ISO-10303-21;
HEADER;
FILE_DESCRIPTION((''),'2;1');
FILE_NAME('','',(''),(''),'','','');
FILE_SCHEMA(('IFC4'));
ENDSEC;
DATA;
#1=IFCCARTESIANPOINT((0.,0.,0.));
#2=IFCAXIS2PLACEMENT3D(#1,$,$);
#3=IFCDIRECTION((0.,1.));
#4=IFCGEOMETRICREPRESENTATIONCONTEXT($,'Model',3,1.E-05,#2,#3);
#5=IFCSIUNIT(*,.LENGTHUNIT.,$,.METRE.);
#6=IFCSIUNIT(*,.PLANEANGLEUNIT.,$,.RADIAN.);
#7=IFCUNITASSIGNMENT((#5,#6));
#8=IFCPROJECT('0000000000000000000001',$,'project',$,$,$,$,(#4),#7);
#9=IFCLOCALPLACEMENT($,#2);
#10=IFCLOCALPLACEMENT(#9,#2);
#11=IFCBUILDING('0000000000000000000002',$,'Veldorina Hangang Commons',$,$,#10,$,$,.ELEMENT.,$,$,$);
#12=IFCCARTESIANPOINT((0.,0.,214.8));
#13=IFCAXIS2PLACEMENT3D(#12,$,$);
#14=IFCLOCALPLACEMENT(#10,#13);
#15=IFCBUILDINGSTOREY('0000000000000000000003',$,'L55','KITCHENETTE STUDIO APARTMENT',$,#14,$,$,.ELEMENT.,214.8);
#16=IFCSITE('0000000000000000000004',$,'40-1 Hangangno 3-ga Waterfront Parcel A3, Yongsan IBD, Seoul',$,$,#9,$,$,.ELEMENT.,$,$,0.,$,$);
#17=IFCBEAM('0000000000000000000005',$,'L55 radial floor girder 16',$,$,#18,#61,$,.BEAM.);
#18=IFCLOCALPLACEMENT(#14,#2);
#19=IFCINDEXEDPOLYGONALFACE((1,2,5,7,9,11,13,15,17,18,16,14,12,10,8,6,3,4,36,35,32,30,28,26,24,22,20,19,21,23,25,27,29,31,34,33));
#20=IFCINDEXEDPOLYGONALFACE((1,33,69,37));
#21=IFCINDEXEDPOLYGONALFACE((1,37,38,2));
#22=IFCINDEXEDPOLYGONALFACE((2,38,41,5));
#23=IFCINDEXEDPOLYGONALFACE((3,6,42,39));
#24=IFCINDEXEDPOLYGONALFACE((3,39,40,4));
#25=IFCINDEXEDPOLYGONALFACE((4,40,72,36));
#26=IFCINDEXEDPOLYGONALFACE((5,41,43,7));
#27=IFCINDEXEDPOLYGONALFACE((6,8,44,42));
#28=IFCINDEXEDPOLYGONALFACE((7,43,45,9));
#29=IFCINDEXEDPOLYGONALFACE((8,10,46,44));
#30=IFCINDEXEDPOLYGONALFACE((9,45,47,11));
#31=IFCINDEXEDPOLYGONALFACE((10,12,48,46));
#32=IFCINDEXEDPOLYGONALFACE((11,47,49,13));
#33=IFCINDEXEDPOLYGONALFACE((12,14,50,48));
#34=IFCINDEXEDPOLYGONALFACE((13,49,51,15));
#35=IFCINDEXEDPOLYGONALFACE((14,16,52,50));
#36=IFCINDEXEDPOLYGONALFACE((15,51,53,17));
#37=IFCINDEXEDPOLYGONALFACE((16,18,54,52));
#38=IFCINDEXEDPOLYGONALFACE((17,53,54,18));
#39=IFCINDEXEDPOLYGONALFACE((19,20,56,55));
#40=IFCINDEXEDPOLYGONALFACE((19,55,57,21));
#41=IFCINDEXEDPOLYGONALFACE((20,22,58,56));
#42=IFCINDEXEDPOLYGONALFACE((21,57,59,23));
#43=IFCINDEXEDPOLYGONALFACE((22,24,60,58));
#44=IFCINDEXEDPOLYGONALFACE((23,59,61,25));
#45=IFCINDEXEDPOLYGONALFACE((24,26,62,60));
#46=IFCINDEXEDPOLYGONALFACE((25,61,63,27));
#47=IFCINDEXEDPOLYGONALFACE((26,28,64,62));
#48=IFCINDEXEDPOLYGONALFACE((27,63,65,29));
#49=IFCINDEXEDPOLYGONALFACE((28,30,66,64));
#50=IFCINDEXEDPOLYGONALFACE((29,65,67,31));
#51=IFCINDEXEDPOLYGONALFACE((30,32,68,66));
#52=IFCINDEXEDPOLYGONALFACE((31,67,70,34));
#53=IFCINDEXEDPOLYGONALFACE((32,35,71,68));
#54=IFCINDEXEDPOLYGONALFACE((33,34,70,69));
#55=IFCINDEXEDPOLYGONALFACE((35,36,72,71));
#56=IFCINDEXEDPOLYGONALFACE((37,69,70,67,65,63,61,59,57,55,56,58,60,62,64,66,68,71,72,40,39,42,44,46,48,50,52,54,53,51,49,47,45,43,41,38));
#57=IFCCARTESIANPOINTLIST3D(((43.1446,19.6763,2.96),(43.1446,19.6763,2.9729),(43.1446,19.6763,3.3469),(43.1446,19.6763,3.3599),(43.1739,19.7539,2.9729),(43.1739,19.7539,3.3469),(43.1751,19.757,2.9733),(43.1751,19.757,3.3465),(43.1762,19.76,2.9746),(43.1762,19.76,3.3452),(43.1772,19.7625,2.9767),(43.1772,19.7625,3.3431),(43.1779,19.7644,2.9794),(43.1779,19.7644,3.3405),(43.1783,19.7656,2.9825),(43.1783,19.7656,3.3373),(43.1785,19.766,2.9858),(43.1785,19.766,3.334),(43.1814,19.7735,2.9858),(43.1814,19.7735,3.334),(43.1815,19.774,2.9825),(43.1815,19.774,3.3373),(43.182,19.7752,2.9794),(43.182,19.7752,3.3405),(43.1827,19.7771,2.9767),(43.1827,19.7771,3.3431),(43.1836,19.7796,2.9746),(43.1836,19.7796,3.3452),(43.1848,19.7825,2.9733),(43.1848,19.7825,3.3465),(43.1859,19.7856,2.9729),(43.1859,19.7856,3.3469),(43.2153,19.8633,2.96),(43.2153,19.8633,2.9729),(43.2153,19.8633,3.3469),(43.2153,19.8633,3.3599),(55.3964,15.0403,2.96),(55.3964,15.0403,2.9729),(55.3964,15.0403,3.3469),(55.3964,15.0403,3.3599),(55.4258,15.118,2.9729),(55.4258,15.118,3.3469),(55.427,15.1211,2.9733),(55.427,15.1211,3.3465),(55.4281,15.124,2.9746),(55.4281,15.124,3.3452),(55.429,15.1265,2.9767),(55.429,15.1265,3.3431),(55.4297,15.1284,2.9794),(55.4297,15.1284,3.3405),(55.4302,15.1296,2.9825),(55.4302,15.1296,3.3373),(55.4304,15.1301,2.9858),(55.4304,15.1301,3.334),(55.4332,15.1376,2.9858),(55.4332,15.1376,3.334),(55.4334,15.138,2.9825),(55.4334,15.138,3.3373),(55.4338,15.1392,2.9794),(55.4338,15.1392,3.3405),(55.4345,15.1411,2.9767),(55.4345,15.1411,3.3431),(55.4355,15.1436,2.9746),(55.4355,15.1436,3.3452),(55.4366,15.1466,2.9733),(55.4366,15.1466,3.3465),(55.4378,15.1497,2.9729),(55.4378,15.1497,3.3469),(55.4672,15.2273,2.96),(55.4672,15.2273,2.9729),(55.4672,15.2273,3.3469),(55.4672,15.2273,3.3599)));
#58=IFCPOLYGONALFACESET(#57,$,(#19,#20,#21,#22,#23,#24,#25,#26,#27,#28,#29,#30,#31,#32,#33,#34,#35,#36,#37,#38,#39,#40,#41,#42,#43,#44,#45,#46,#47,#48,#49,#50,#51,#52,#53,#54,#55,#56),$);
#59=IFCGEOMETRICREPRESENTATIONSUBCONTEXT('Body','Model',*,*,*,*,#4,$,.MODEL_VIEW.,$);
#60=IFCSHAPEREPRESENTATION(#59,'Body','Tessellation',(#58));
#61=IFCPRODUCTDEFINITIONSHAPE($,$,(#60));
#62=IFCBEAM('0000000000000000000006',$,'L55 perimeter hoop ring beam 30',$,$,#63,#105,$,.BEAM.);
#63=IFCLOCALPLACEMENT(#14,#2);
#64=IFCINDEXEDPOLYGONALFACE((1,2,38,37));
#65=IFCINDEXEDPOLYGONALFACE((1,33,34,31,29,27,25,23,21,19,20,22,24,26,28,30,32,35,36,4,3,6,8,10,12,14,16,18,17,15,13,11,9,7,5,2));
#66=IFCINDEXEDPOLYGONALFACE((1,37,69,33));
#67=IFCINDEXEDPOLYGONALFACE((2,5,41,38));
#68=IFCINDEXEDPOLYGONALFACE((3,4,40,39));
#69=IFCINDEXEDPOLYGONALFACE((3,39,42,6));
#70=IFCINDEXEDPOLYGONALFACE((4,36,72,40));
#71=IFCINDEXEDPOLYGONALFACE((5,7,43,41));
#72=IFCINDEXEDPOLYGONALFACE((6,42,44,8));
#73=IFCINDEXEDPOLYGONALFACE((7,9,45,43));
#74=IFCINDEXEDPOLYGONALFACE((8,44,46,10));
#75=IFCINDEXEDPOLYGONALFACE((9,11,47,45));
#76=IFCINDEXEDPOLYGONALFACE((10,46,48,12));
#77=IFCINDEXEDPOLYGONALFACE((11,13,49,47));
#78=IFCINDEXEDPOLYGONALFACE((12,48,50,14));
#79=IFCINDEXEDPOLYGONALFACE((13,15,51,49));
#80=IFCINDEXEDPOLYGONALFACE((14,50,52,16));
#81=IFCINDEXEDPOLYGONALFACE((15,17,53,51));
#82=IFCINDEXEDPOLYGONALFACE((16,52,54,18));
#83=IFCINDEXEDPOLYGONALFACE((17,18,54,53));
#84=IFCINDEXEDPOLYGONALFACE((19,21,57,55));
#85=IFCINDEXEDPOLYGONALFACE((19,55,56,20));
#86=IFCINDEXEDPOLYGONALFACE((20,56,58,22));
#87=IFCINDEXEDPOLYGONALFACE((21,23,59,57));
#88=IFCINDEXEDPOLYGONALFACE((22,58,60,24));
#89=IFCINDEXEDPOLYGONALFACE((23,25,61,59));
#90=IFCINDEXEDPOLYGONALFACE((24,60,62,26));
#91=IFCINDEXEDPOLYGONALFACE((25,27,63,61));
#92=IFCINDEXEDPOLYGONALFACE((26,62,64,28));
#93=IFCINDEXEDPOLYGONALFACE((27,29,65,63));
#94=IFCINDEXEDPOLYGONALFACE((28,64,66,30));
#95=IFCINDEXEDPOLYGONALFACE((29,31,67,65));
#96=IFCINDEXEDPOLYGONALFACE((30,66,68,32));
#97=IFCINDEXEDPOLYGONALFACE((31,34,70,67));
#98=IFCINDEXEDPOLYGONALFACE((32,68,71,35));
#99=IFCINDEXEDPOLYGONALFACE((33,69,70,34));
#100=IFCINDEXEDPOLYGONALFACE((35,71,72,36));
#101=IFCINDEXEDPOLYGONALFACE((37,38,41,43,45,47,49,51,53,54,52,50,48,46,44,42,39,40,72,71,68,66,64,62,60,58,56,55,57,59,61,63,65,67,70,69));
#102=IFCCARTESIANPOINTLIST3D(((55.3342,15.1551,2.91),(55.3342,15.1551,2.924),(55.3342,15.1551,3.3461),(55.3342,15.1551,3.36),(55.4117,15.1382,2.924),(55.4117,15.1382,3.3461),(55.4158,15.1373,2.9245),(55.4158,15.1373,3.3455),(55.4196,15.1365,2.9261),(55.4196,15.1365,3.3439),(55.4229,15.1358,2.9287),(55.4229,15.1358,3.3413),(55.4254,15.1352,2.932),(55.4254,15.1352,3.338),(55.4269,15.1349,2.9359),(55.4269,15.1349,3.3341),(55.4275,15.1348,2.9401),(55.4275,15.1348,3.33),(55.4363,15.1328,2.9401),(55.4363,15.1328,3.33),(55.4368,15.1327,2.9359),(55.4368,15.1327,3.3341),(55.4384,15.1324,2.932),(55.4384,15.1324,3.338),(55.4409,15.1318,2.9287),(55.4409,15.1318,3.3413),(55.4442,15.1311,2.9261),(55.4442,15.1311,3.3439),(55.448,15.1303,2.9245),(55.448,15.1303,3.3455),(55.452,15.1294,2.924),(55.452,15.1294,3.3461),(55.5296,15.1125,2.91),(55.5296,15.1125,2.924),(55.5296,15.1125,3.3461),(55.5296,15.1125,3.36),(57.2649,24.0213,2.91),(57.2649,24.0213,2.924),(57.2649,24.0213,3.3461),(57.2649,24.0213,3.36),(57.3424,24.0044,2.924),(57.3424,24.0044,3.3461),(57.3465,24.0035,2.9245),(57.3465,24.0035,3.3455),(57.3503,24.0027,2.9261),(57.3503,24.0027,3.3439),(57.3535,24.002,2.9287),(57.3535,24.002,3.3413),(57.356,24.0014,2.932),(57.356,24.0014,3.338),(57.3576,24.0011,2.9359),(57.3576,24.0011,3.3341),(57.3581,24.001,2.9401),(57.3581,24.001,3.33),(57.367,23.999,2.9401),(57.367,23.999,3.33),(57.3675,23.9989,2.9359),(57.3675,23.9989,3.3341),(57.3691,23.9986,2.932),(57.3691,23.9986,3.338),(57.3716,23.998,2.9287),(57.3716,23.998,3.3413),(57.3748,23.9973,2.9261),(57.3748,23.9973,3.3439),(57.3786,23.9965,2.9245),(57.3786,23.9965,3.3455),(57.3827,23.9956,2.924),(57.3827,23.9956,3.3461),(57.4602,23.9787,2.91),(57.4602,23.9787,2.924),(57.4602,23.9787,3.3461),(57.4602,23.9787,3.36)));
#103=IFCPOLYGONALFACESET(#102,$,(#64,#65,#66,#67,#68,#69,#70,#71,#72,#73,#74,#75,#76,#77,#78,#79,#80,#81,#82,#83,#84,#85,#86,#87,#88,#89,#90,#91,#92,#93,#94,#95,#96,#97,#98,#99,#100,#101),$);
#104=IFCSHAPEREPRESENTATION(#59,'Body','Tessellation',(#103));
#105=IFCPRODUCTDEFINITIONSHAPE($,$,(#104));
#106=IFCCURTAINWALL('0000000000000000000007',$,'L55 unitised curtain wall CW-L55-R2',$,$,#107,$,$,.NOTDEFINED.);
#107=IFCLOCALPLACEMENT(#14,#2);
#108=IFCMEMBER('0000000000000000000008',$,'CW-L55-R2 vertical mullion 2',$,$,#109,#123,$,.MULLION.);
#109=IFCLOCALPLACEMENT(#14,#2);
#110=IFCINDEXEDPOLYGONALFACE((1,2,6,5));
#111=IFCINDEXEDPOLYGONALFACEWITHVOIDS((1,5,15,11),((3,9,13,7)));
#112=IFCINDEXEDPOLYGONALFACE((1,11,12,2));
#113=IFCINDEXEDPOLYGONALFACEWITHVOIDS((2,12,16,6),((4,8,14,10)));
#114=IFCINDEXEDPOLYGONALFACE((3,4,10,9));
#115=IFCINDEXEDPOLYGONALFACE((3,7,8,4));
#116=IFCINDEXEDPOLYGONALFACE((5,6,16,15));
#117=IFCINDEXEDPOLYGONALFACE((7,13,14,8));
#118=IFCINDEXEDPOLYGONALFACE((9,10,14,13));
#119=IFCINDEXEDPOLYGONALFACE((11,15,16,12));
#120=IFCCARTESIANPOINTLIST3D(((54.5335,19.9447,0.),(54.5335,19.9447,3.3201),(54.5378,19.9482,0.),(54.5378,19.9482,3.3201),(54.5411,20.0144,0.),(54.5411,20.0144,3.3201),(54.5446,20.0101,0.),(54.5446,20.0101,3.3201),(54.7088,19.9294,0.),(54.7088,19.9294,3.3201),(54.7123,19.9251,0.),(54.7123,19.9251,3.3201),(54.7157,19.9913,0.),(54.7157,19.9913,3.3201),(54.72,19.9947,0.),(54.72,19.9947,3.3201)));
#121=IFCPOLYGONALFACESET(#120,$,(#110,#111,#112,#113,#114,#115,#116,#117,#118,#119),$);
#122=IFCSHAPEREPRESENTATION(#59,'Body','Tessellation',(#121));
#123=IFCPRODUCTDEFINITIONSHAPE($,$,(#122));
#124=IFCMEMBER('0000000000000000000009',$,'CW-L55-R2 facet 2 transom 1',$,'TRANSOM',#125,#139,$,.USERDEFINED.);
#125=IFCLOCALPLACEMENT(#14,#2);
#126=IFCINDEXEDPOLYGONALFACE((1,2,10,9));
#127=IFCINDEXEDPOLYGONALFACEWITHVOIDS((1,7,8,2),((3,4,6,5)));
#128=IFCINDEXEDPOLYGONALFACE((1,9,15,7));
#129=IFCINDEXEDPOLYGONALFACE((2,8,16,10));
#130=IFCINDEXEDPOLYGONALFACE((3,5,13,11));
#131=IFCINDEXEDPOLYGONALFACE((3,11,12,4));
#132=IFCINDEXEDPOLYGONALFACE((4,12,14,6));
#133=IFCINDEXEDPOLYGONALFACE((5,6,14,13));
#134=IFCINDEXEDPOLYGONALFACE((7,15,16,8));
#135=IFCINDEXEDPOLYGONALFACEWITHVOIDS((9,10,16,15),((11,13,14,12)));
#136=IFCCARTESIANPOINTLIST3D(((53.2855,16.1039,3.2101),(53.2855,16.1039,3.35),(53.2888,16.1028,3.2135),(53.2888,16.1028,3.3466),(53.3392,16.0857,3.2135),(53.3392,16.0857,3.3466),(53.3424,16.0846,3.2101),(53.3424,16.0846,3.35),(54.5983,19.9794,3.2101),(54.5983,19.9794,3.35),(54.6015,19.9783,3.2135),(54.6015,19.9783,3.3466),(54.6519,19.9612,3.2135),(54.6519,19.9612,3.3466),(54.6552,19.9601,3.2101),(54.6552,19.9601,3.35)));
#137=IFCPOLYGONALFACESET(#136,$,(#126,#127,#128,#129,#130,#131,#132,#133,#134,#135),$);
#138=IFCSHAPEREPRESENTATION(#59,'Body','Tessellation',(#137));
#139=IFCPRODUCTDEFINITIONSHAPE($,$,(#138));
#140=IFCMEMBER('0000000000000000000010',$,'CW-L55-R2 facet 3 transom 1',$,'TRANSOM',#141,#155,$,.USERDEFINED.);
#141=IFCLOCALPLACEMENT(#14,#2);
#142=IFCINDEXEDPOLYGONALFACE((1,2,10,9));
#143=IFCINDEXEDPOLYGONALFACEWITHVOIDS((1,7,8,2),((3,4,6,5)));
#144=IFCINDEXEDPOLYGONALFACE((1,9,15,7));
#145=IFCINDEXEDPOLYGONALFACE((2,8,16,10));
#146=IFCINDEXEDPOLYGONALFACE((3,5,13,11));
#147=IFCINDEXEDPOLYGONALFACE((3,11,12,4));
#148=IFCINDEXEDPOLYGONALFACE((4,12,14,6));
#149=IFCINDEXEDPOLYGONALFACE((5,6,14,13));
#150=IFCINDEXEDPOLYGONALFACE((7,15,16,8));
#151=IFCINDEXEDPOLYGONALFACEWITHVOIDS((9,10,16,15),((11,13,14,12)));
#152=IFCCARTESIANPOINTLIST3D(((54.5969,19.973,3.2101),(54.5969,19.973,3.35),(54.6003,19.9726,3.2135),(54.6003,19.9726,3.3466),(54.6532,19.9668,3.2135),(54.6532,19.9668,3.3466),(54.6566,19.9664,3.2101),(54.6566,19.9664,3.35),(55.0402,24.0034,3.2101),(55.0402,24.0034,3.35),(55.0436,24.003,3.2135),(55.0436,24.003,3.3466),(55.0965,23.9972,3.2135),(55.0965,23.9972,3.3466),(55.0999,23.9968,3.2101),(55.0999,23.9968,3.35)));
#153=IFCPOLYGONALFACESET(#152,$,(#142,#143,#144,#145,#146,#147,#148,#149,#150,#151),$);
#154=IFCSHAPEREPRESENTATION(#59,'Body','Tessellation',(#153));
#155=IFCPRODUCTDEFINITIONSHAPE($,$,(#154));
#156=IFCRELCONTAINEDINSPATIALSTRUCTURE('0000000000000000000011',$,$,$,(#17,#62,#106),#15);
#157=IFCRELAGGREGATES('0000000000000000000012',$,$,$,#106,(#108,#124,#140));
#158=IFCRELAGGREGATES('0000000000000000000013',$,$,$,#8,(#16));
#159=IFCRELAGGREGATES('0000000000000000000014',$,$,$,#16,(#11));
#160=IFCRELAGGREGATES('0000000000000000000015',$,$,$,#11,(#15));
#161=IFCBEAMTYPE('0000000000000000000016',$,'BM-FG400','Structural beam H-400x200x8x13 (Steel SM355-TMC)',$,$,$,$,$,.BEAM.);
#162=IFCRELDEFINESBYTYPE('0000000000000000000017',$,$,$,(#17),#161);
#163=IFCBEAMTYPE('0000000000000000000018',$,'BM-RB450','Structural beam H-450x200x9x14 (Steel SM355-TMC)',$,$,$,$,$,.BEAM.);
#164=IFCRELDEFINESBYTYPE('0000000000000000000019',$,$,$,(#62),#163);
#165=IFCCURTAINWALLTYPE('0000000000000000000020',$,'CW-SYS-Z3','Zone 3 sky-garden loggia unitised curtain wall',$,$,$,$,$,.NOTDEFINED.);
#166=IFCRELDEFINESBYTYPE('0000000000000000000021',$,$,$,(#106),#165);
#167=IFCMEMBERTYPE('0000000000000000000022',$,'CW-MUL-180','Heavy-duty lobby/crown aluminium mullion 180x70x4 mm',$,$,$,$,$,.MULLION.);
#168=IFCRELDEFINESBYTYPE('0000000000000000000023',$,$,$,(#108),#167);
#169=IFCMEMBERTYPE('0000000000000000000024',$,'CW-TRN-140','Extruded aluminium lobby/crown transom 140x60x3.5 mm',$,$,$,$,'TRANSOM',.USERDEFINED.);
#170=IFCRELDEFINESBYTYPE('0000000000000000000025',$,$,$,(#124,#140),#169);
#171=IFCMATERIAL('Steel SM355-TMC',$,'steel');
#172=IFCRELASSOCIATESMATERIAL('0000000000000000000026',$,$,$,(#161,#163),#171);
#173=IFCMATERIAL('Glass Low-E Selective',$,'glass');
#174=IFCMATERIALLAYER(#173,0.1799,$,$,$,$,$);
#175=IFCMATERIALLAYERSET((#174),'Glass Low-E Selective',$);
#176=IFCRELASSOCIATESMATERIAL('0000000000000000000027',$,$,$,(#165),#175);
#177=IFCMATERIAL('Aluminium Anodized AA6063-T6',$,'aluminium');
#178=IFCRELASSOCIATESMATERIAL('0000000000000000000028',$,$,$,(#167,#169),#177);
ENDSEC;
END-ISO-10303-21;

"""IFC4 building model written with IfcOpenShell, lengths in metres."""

from ifc_helpers import new_model, si_unit, direction, frame, origin, origin_2d, place, context, subcontext, project, spatial, hollow_rectangle, i_section, extrude, material, layer, layer_set, material_profile, profile_set, type_object, element, aggregate, save


model = new_model("IFC4")

# Units and contexts
model_context = context("Model", 3, precision=1e-05, world=origin(), true_north=direction((0.0, 1.0)))
body_context = subcontext(model_context, "Body", "Model", "MODEL_VIEW")
ifc_project = project(units=[si_unit("LENGTHUNIT", "METRE"), si_unit("PLANEANGLEUNIT", "RADIAN")], contexts=[model_context])

# Site, building, storey
site_placement = place(None, origin())
site = spatial("IfcSite", under=ifc_project, at=site_placement, Name="40-1 Hangangno 3-ga Waterfront Parcel A3, Yongsan IBD, Seoul", CompositionType="ELEMENT", RefElevation=0.0)
building_placement = place(site_placement, origin())
building = spatial("IfcBuilding", under=site, at=building_placement, Name="Veldorina Hangang Commons", CompositionType="ELEMENT")
storey_placement = place(building_placement, frame((0.0, 0.0, 214.8)))
storey = spatial("IfcBuildingStorey", under=building, at=storey_placement, Name="L55", Description="KITCHENETTE STUDIO APARTMENT", CompositionType="ELEMENT", Elevation=214.8)

# Beams
ifc_material_1 = material(Name="Steel SM355-TMC", Category="steel")
ifc_material_profile_1 = material_profile(ifc_material_1, i_section(OverallWidth=0.2, OverallDepth=0.3999, WebThickness=0.0081, FlangeThickness=0.0129, FilletRadius=0.0129, at=origin_2d()), Name="H-400x200x8x13")
ifc_profile_set_1 = profile_set([ifc_material_profile_1], Name="Steel SM355-TMC")
beam_type_1 = type_object("IfcBeamType", Name="BM-FG400", Description="Structural beam H-400x200x8x13 (Steel SM355-TMC)", PredefinedType="BEAM", material=ifc_profile_set_1)
beam_1_placement = place(storey_placement, frame((43.1799, 19.7698, 3.1599), z_axis=(0.935283, -0.3539, 0.0), x_axis=(0.3539, 0.935283, 0.0)))
element("IfcBeam", 1, at=beam_1_placement, inside=storey, type_object=beam_type_1, Name="L55 radial floor girder 16", PredefinedType="BEAM", context=body_context, shape_type="SweptSolid", body=[
    extrude(i_section(OverallWidth=0.2, OverallDepth=0.3999, WebThickness=0.0081, FlangeThickness=0.0129, FilletRadius=0.0129, at=origin_2d()), origin(), (0.0, 0.0, 1.0), 13.0996),
])
ifc_material_profile_2 = material_profile(ifc_material_1, i_section(OverallWidth=0.2, OverallDepth=0.45, WebThickness=0.009, FlangeThickness=0.0139, FilletRadius=0.0161, at=origin_2d()), Name="H-450x200x9x14")
ifc_profile_set_2 = profile_set([ifc_material_profile_2], Name="Steel SM355-TMC")
beam_type_2 = type_object("IfcBeamType", Name="BM-RB450", Description="Structural beam H-450x200x9x14 (Steel SM355-TMC)", PredefinedType="BEAM", material=ifc_profile_set_2)
beam_2_placement = place(storey_placement, frame((55.4319, 15.1338, 3.135), z_axis=(0.212769, 0.977102, 0.0), x_axis=(-0.977102, 0.212769, 0.0)))
element("IfcBeam", 2, at=beam_2_placement, inside=storey, type_object=beam_type_2, Name="L55 perimeter hoop ring beam 30", PredefinedType="BEAM", context=body_context, shape_type="SweptSolid", body=[
    extrude(i_section(OverallWidth=0.2, OverallDepth=0.45, WebThickness=0.009, FlangeThickness=0.0139, FilletRadius=0.0161, at=origin_2d()), origin(), (0.0, 0.0, 1.0), 9.074),
])

# Curtain wall, members
ifc_material_2 = material(Name="Glass Low-E Selective", Category="glass")
ifc_layer_1 = layer(ifc_material_2, 0.1799)
ifc_layer_set_1 = layer_set([ifc_layer_1], Name="Glass Low-E Selective")
curtain_wall_type = type_object("IfcCurtainWallType", Name="CW-SYS-Z3", Description="Zone 3 sky-garden loggia unitised curtain wall", PredefinedType="NOTDEFINED", material=ifc_layer_set_1)
curtain_wall_placement = place(storey_placement, origin())
curtain_wall = element("IfcCurtainWall", 3, at=curtain_wall_placement, inside=storey, type_object=curtain_wall_type, Name="L55 unitised curtain wall CW-L55-R2", PredefinedType="NOTDEFINED")
ifc_material_3 = material(Name="Aluminium Anodized AA6063-T6", Category="aluminium")
ifc_material_profile_3 = material_profile(ifc_material_3, hollow_rectangle(XDim=0.0701, YDim=0.1799, WallThickness=0.0039, at=origin_2d()), Name="ALU-RHS-180x70x4")
ifc_profile_set_3 = profile_set([ifc_material_profile_3], Name="Aluminium Anodized AA6063-T6")
member_type_1 = type_object("IfcMemberType", Name="CW-MUL-180", Description="Heavy-duty lobby/crown aluminium mullion 180x70x4 mm", PredefinedType="MULLION", material=ifc_profile_set_3)
member_1_placement = place(storey_placement, frame((54.6267, 19.9697, 0.0), z_axis=(0.0, 0.0, 1.0), x_axis=(0.109335, 0.994005, 0.0)))
member_1 = element("IfcMember", 4, at=member_1_placement, type_object=member_type_1, Name="CW-L55-R2 vertical mullion 2", PredefinedType="MULLION", context=body_context, shape_type="SweptSolid", body=[
    extrude(hollow_rectangle(XDim=0.0701, YDim=0.1799, WallThickness=0.0039, at=origin_2d()), origin(), (0.0, 0.0, 1.0), 3.3201),
])
ifc_material_profile_4 = material_profile(ifc_material_3, hollow_rectangle(XDim=0.0601, YDim=0.1399, WallThickness=0.0034, at=origin_2d()), Name="ALU-RHS-140x60x3.5")
ifc_profile_set_4 = profile_set([ifc_material_profile_4], Name="Aluminium Anodized AA6063-T6")
member_type_2 = type_object("IfcMemberType", Name="CW-TRN-140", Description="Extruded aluminium lobby/crown transom 140x60x3.5 mm", ElementType="TRANSOM", PredefinedType="USERDEFINED", material=ifc_profile_set_4)
member_2_placement = place(storey_placement, frame((53.314, 16.0942, 3.28), z_axis=(0.320824, 0.947139, 0.0), x_axis=(-0.947139, 0.320824, 0.0)))
member_2 = element("IfcMember", 5, at=member_2_placement, type_object=member_type_2, Name="CW-L55-R2 facet 2 transom 1", ObjectType="TRANSOM", PredefinedType="USERDEFINED", context=body_context, shape_type="SweptSolid", body=[
    extrude(hollow_rectangle(XDim=0.0601, YDim=0.1399, WallThickness=0.0034, at=origin_2d()), origin(), (0.0, 0.0, 1.0), 4.0918),
])
member_3_placement = place(storey_placement, frame((54.6267, 19.9697, 3.28), z_axis=(0.109348, 0.994004, 0.0), x_axis=(-0.994004, 0.109348, 0.0)))
member_3 = element("IfcMember", 6, at=member_3_placement, type_object=member_type_2, Name="CW-L55-R2 facet 3 transom 1", ObjectType="TRANSOM", PredefinedType="USERDEFINED", context=body_context, shape_type="SweptSolid", body=[
    extrude(hollow_rectangle(XDim=0.0601, YDim=0.1399, WallThickness=0.0034, at=origin_2d()), origin(), (0.0, 0.0, 1.0), 4.0547),
])

aggregate(curtain_wall, [member_1, member_2, member_3])

save(model, "model.ifc")
